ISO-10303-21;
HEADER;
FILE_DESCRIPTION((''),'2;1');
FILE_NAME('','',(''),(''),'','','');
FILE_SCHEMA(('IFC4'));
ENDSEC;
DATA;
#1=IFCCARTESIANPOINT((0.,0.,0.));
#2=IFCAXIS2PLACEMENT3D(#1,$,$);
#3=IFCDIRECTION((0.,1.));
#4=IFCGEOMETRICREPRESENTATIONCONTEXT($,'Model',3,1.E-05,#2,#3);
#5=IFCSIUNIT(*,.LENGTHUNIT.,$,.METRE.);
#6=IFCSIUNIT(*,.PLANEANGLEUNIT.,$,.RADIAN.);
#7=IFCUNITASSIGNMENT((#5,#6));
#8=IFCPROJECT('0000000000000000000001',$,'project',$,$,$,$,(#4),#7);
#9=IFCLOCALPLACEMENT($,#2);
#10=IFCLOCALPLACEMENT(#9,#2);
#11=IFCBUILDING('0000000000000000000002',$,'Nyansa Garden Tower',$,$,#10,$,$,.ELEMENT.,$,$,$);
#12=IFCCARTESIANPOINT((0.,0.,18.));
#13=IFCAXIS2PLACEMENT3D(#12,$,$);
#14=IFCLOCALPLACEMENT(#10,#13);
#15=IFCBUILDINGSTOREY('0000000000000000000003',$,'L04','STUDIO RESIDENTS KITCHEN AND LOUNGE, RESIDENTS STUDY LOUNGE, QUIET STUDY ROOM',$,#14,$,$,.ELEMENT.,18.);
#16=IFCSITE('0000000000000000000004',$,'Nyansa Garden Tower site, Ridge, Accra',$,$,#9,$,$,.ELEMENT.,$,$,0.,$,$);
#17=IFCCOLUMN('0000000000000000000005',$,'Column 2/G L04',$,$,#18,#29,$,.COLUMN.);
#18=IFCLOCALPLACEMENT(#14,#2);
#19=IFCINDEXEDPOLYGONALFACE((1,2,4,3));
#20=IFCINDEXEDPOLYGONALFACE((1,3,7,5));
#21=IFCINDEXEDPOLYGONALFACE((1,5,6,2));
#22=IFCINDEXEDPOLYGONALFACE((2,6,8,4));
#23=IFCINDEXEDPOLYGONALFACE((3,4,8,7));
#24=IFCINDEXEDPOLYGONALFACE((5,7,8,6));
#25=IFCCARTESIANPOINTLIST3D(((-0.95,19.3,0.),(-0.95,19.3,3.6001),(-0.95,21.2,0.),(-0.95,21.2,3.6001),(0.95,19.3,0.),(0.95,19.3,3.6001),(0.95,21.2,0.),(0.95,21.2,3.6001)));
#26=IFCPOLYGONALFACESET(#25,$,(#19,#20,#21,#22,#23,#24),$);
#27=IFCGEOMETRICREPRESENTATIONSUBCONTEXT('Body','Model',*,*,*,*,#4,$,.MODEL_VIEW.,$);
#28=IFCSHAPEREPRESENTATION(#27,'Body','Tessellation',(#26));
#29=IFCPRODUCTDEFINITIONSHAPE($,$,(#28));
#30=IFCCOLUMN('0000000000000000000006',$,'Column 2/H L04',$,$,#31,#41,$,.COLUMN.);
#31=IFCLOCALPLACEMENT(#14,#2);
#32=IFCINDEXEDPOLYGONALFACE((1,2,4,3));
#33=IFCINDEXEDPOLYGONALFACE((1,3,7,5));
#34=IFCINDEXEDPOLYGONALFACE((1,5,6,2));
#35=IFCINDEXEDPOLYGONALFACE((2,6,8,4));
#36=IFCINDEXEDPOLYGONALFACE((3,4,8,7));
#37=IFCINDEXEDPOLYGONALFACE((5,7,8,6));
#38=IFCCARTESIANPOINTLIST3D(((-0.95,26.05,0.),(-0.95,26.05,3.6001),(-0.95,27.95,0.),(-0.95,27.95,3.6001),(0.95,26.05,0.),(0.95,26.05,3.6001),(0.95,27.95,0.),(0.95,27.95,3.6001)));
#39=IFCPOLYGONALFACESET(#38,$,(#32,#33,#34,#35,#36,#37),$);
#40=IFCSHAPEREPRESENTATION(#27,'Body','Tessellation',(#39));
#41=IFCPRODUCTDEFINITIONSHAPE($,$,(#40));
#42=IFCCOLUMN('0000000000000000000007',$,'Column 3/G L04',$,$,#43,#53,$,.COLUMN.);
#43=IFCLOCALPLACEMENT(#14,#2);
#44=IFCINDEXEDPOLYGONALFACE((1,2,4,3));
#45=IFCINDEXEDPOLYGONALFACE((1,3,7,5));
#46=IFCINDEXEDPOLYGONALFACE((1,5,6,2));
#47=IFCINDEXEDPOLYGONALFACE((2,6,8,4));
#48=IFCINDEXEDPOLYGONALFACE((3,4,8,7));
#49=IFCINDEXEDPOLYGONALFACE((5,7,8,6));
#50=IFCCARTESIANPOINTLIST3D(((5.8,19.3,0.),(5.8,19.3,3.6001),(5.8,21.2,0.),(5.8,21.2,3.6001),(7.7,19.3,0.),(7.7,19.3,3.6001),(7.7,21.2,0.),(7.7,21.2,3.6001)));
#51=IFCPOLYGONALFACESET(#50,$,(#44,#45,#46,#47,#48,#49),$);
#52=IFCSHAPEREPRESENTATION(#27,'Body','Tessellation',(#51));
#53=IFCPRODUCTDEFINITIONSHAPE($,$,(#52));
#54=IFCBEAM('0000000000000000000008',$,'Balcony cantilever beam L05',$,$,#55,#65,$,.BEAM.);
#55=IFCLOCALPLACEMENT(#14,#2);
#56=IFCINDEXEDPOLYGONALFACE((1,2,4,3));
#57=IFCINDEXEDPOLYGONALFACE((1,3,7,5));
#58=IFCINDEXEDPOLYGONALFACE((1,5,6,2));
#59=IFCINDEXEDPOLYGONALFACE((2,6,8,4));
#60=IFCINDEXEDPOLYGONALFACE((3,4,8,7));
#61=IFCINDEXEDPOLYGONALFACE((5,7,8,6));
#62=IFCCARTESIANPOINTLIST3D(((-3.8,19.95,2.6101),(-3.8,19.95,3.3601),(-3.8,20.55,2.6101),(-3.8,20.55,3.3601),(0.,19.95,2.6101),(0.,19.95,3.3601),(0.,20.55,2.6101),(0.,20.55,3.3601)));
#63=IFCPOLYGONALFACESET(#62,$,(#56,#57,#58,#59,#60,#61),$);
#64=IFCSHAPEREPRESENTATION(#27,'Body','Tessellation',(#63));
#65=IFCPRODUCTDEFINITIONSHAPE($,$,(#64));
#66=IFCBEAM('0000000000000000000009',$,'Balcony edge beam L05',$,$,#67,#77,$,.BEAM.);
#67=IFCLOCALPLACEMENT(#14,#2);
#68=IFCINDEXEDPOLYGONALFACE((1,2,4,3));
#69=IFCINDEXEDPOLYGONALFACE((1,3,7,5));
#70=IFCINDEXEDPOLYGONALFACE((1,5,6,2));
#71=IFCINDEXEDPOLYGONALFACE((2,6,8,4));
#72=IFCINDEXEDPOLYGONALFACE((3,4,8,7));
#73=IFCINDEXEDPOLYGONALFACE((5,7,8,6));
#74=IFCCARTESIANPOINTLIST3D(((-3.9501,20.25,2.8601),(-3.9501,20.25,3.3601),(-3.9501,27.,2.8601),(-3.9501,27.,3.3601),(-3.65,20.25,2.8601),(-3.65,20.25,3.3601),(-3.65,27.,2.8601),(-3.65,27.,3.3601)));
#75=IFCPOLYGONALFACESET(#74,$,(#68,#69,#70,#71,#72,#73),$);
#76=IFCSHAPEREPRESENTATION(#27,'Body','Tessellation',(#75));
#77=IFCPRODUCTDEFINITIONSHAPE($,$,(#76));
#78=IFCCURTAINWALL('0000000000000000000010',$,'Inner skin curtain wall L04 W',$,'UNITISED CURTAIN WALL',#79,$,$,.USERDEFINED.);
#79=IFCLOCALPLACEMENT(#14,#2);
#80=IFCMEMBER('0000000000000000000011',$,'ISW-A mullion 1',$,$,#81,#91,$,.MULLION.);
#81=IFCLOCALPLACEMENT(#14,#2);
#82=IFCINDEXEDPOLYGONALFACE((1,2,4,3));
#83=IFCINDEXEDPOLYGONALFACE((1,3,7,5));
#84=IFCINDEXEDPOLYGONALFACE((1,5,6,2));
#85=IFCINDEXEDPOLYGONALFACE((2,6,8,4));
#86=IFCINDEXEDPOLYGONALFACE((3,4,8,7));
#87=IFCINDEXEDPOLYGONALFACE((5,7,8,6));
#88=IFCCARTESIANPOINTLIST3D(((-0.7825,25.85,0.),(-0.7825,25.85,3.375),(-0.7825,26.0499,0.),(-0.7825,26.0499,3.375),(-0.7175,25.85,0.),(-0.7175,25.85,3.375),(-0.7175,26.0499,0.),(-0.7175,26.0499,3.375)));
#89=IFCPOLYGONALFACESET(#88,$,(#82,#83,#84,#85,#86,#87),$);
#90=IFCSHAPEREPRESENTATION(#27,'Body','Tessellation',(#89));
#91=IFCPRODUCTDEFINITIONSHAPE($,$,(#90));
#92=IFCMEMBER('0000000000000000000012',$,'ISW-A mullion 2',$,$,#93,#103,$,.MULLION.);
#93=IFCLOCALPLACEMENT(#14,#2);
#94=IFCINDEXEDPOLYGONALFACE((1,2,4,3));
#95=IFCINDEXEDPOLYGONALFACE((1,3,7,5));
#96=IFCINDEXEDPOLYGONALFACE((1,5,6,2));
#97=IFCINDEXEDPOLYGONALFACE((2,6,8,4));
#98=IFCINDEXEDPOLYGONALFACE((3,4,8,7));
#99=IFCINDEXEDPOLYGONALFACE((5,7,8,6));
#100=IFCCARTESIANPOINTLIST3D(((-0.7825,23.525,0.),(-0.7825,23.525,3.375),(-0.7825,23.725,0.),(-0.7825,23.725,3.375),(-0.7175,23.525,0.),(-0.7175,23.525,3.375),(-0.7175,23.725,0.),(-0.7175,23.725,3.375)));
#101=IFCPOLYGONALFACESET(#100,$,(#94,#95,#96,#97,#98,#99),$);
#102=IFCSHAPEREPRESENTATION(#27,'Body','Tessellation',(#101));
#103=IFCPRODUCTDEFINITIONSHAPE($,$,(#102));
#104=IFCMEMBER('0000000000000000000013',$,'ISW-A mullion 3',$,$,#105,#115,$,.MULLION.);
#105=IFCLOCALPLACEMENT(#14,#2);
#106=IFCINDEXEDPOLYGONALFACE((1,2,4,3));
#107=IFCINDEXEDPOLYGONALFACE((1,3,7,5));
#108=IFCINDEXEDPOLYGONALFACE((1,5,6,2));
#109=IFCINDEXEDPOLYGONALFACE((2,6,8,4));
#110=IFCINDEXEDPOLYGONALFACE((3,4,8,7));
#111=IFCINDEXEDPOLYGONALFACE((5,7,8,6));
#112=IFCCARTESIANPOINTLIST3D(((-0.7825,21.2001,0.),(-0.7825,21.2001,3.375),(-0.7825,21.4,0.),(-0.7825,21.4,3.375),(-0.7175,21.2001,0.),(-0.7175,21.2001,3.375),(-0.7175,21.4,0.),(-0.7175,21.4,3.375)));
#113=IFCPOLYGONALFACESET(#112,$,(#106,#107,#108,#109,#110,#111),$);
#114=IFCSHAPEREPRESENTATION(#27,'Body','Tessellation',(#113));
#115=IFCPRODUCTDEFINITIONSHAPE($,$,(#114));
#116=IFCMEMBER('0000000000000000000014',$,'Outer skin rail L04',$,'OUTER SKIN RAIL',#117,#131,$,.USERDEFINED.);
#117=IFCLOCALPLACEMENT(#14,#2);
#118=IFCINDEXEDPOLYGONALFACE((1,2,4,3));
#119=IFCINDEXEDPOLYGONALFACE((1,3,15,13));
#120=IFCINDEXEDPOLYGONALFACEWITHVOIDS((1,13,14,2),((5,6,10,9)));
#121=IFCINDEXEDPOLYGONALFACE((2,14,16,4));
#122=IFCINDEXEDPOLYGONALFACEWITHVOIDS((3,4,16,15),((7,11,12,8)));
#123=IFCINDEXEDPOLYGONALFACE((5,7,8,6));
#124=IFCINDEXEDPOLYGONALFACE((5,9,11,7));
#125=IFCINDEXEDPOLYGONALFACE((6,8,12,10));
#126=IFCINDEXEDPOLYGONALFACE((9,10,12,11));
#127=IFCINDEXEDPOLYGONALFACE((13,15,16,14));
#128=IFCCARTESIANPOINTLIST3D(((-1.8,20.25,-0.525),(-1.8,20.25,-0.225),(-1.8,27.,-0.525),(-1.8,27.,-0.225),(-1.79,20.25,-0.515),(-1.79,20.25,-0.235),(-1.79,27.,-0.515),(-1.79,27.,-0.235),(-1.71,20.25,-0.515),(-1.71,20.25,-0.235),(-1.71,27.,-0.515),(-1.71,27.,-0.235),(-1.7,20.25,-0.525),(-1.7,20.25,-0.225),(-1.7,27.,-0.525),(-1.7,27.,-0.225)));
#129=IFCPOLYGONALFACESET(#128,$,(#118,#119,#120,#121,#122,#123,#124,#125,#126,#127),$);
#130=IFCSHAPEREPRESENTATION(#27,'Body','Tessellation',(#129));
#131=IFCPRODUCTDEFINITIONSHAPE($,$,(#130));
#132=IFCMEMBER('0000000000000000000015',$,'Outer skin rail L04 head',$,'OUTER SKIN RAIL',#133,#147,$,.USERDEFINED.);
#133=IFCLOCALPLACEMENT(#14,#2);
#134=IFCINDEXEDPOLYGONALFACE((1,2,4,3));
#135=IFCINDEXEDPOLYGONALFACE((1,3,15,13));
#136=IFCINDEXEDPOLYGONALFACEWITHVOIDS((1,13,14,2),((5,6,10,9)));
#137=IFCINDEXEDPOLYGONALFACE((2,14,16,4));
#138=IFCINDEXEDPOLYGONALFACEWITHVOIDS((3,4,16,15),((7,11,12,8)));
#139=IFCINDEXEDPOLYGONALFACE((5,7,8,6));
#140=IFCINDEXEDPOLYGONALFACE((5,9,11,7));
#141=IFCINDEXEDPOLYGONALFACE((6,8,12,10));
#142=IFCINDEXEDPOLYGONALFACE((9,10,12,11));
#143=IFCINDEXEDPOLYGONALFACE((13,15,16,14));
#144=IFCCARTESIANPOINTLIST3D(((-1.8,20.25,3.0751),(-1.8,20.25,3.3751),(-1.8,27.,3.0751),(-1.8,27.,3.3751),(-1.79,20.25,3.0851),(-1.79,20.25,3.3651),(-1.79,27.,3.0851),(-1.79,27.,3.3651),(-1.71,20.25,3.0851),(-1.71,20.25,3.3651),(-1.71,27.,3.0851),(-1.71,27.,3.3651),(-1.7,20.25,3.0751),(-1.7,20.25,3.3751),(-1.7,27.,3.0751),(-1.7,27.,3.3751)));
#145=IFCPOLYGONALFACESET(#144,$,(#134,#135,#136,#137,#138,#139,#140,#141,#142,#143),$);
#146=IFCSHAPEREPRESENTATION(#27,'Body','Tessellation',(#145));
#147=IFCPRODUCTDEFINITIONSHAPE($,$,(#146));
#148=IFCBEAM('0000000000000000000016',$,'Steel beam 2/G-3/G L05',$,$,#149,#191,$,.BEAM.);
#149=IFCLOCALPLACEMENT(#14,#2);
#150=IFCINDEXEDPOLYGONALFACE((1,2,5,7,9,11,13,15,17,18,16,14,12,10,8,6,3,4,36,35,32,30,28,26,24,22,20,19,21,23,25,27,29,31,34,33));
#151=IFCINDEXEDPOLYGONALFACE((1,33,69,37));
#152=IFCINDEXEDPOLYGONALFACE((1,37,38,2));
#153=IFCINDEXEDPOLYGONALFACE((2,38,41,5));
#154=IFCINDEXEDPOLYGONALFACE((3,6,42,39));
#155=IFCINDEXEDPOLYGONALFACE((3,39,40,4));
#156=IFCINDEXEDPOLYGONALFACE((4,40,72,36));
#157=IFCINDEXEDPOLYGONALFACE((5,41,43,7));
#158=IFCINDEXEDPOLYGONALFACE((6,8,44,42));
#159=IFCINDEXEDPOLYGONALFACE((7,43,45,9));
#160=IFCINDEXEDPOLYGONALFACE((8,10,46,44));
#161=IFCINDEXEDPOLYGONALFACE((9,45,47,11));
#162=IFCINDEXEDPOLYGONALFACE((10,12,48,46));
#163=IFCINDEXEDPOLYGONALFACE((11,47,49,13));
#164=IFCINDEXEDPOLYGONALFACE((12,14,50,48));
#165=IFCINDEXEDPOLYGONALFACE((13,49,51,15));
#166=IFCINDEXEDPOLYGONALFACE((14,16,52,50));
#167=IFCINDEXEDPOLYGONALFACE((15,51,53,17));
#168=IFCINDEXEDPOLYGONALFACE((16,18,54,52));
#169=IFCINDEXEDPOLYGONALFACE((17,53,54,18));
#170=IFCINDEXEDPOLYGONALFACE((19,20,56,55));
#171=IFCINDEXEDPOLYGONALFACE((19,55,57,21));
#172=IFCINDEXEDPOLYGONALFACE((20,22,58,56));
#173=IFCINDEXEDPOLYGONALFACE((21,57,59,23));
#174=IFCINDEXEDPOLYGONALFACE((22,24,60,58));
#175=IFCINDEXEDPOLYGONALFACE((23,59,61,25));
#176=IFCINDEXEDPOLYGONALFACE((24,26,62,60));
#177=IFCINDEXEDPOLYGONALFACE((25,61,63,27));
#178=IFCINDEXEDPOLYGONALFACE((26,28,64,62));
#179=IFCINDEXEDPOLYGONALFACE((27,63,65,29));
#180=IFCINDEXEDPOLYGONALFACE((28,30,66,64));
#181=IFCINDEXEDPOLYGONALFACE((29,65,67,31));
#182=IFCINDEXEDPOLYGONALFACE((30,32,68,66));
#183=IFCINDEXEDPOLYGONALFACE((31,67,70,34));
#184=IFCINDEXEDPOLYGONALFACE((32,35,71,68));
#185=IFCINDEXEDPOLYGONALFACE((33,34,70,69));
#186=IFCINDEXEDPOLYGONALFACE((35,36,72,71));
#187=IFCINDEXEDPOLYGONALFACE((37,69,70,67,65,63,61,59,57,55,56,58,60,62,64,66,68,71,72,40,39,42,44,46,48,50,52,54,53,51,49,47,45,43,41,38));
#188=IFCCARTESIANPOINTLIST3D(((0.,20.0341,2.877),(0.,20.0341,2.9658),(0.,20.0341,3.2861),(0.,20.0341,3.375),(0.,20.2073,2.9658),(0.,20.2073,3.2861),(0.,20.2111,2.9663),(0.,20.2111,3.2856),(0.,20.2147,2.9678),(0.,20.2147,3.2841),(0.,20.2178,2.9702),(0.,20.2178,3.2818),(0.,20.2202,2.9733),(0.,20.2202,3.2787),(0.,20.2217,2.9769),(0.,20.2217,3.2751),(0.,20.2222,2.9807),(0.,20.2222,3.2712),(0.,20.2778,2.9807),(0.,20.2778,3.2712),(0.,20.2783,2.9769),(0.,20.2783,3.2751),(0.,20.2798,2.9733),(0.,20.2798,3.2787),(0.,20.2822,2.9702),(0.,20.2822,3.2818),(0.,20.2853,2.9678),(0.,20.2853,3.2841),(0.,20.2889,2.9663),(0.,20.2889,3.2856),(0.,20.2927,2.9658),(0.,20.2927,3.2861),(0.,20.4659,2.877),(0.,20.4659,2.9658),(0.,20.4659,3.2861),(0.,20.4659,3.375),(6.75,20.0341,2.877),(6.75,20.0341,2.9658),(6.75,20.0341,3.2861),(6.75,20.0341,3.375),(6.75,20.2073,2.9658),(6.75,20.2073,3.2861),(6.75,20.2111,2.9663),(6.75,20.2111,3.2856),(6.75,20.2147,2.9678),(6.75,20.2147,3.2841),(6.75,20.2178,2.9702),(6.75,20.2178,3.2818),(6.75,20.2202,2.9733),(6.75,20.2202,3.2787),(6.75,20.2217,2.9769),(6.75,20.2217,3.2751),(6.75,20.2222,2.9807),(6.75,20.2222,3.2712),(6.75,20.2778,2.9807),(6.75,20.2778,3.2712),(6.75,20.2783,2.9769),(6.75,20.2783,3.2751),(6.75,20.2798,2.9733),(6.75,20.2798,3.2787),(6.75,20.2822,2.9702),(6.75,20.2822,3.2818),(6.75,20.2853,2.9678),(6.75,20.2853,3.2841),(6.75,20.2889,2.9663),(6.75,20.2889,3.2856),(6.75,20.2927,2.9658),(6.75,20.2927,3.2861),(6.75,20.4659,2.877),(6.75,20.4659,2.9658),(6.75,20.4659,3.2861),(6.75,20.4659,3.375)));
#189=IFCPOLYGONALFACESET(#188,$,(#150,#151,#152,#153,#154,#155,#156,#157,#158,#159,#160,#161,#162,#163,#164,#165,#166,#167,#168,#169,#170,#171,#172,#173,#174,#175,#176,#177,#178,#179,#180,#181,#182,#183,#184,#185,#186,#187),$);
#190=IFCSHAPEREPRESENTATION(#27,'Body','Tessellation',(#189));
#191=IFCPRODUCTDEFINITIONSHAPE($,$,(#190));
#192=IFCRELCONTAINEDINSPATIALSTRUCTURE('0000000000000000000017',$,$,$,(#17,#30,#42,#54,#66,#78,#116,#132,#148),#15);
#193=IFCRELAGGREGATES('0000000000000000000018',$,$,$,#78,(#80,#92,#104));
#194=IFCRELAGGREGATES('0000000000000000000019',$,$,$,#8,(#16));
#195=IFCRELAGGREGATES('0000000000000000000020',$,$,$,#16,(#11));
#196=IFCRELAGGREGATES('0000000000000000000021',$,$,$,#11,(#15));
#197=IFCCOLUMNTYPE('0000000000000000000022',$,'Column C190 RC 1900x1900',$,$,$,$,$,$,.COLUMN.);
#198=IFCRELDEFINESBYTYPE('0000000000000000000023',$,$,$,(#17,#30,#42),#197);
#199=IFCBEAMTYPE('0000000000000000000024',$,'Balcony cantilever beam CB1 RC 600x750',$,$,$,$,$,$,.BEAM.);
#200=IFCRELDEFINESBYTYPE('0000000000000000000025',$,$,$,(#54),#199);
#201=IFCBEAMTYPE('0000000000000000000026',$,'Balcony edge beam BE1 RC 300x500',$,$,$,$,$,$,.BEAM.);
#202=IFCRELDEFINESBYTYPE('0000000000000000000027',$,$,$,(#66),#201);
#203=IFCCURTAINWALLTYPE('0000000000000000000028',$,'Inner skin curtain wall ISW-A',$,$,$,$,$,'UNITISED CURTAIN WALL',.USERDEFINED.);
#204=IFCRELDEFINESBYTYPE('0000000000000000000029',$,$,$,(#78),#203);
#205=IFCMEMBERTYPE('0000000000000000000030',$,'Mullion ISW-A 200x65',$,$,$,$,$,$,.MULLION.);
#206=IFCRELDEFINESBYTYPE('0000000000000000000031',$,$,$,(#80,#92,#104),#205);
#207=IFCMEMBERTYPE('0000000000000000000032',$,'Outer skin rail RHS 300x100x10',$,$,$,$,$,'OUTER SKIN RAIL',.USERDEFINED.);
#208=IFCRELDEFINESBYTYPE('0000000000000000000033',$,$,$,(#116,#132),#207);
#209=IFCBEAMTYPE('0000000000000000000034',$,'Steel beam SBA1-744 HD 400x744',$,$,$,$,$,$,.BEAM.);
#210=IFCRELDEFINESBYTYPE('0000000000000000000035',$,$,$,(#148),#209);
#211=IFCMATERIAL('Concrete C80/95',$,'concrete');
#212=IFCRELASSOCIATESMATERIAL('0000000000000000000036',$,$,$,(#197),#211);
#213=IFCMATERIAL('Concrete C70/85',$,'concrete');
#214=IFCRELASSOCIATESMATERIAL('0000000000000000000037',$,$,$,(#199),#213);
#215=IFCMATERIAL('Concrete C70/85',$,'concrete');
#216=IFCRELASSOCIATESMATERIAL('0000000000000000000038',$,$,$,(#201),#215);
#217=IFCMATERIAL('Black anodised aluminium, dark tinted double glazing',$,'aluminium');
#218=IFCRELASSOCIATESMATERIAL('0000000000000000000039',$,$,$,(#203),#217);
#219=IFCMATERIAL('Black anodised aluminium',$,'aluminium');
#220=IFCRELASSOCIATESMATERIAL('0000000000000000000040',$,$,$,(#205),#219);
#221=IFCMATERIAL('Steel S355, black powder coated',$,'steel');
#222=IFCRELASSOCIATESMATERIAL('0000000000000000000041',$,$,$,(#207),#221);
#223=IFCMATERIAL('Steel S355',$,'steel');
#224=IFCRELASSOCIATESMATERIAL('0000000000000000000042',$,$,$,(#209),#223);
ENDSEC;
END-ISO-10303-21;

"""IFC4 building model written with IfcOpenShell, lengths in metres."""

from ifc_helpers import new_model, si_unit, direction, frame, origin, origin_2d, place, context, subcontext, project, spatial, rectangle, hollow_rectangle, i_section, extrude, material, material_profile, profile_set, type_object, element, aggregate, save


model = new_model("IFC4")

# Units and contexts
model_context = context("Model", 3, precision=1e-05, world=origin(), true_north=direction((0.0, 1.0)))
body_context = subcontext(model_context, "Body", "Model", "MODEL_VIEW")
ifc_project = project(units=[si_unit("LENGTHUNIT", "METRE"), si_unit("PLANEANGLEUNIT", "RADIAN")], contexts=[model_context])

# Site, building, storey
site_placement = place(None, origin())
site = spatial("IfcSite", under=ifc_project, at=site_placement, Name="Nyansa Garden Tower site, Ridge, Accra", CompositionType="ELEMENT", RefElevation=0.0)
building_placement = place(site_placement, origin())
building = spatial("IfcBuilding", under=site, at=building_placement, Name="Nyansa Garden Tower", CompositionType="ELEMENT")
storey_placement = place(building_placement, frame((0.0, 0.0, 18.0)))
storey = spatial("IfcBuildingStorey", under=building, at=storey_placement, Name="L04", Description="STUDIO RESIDENTS KITCHEN AND LOUNGE, RESIDENTS STUDY LOUNGE, QUIET STUDY ROOM", CompositionType="ELEMENT", Elevation=18.0)

# Columns
ifc_material_1 = material(Name="Concrete C80/95", Category="concrete")
ifc_material_profile_1 = material_profile(ifc_material_1, rectangle(XDim=1.8999, YDim=1.8999, at=origin_2d()), Name="RC 1900x1900")
ifc_profile_set_1 = profile_set([ifc_material_profile_1], Name="Concrete C80/95")
column_type = type_object("IfcColumnType", Name="Column C190 RC 1900x1900", PredefinedType="COLUMN", material=ifc_profile_set_1)
for number, where, z_axis, x_axis, name in (
    (1, (0.0, 20.25, 0.0), (0.0, 0.0, 1.0), (1.0, 0.0, 0.0), "Column 2/G L04"),
    (2, (0.0, 27.0, 0.0), (0.0, 0.0, 1.0), (1.0, 0.0, 0.0), "Column 2/H L04"),
    (3, (6.75, 20.25, 0.0), (0.0, 0.0, 1.0), (1.0, 0.0, 0.0), "Column 3/G L04"),
):
    element("IfcColumn", number, at=place(storey_placement, frame(where, z_axis=z_axis, x_axis=x_axis)), inside=storey, type_object=column_type, Name=name, PredefinedType="COLUMN", context=body_context, shape_type="SweptSolid", body=[
        extrude(rectangle(XDim=1.8999, YDim=1.8999, at=origin_2d()), origin(), (0.0, 0.0, 1.0), 3.6001),
    ])

# Beams
ifc_material_2 = material(Name="Concrete C70/85", Category="concrete")
ifc_material_profile_2 = material_profile(ifc_material_2, rectangle(XDim=0.6001, YDim=0.75, at=origin_2d()), Name="RC 600x750")
ifc_profile_set_2 = profile_set([ifc_material_profile_2], Name="Concrete C70/85")
beam_type_1 = type_object("IfcBeamType", Name="Balcony cantilever beam CB1 RC 600x750", PredefinedType="BEAM", material=ifc_profile_set_2)
beam_1_placement = place(storey_placement, frame((0.0, 20.25, 2.9851), z_axis=(-1.0, 0.0, 0.0), x_axis=(0.0, -1.0, 0.0)))
element("IfcBeam", 4, at=beam_1_placement, inside=storey, type_object=beam_type_1, Name="Balcony cantilever beam L05", PredefinedType="BEAM", context=body_context, shape_type="SweptSolid", body=[
    extrude(rectangle(XDim=0.6001, YDim=0.75, at=origin_2d()), origin(), (0.0, 0.0, 1.0), 3.8),
])
ifc_material_3 = material(Name="Concrete C70/85", Category="concrete")
ifc_material_profile_3 = material_profile(ifc_material_3, rectangle(XDim=0.3, YDim=0.5, at=origin_2d()), Name="RC 300x500")
ifc_profile_set_3 = profile_set([ifc_material_profile_3], Name="Concrete C70/85")
beam_type_2 = type_object("IfcBeamType", Name="Balcony edge beam BE1 RC 300x500", PredefinedType="BEAM", material=ifc_profile_set_3)
beam_2_placement = place(storey_placement, frame((-3.8, 20.25, 3.1101), z_axis=(0.0, 1.0, 0.0), x_axis=(-1.0, 0.0, 0.0)))
element("IfcBeam", 5, at=beam_2_placement, inside=storey, type_object=beam_type_2, Name="Balcony edge beam L05", PredefinedType="BEAM", context=body_context, shape_type="SweptSolid", body=[
    extrude(rectangle(XDim=0.3, YDim=0.5, at=origin_2d()), origin(), (0.0, 0.0, 1.0), 6.75),
])

# Curtain wall, members
ifc_material_4 = material(Name="Black anodised aluminium, dark tinted double glazing", Category="aluminium")
curtain_wall_type = type_object("IfcCurtainWallType", Name="Inner skin curtain wall ISW-A", ElementType="UNITISED CURTAIN WALL", PredefinedType="USERDEFINED", material=ifc_material_4)
curtain_wall_placement = place(storey_placement, origin())
curtain_wall = element("IfcCurtainWall", 6, at=curtain_wall_placement, inside=storey, type_object=curtain_wall_type, Name="Inner skin curtain wall L04 W", ObjectType="UNITISED CURTAIN WALL", PredefinedType="USERDEFINED")
ifc_material_5 = material(Name="Black anodised aluminium", Category="aluminium")
ifc_material_profile_4 = material_profile(ifc_material_5, rectangle(XDim=0.0649, YDim=0.2, at=origin_2d()), Name="Mullion 200x65")
ifc_profile_set_4 = profile_set([ifc_material_profile_4], Name="Black anodised aluminium")
member_type_1 = type_object("IfcMemberType", Name="Mullion ISW-A 200x65", PredefinedType="MULLION", material=ifc_profile_set_4)
member_1_placement = place(storey_placement, frame((-0.75, 25.95, 0.0), z_axis=(0.0, 0.0, 1.0), x_axis=(1.0, 0.0, 0.0)))
member_1 = element("IfcMember", 7, at=member_1_placement, type_object=member_type_1, Name="ISW-A mullion 1", PredefinedType="MULLION", context=body_context, shape_type="SweptSolid", body=[
    extrude(rectangle(XDim=0.0649, YDim=0.2, at=origin_2d()), origin(), (0.0, 0.0, 1.0), 3.375),
])
member_2_placement = place(storey_placement, frame((-0.75, 23.625, 0.0), z_axis=(0.0, 0.0, 1.0), x_axis=(1.0, 0.0, 0.0)))
member_2 = element("IfcMember", 8, at=member_2_placement, type_object=member_type_1, Name="ISW-A mullion 2", PredefinedType="MULLION", context=body_context, shape_type="SweptSolid", body=[
    extrude(rectangle(XDim=0.0649, YDim=0.2, at=origin_2d()), origin(), (0.0, 0.0, 1.0), 3.375),
])
member_3_placement = place(storey_placement, frame((-0.75, 21.3, 0.0), z_axis=(0.0, 0.0, 1.0), x_axis=(1.0, 0.0, 0.0)))
member_3 = element("IfcMember", 9, at=member_3_placement, type_object=member_type_1, Name="ISW-A mullion 3", PredefinedType="MULLION", context=body_context, shape_type="SweptSolid", body=[
    extrude(rectangle(XDim=0.0649, YDim=0.2, at=origin_2d()), origin(), (0.0, 0.0, 1.0), 3.375),
])

# Members
ifc_material_6 = material(Name="Steel S355, black powder coated", Category="steel")
ifc_material_profile_5 = material_profile(ifc_material_6, hollow_rectangle(XDim=0.1001, YDim=0.3, WallThickness=0.01, at=origin_2d()), Name="RHS 300x100x10")
ifc_profile_set_5 = profile_set([ifc_material_profile_5], Name="Steel S355, black powder coated")
member_type_2 = type_object("IfcMemberType", Name="Outer skin rail RHS 300x100x10", ElementType="OUTER SKIN RAIL", PredefinedType="USERDEFINED", material=ifc_profile_set_5)
for number, where, z_axis, x_axis, name in (
    (10, (-1.75, 20.25, -0.375), (0.0, 1.0, 0.0), (-1.0, 0.0, 0.0), "Outer skin rail L04"),
    (11, (-1.75, 20.25, 3.2251), (0.0, 1.0, 0.0), (-1.0, 0.0, 0.0), "Outer skin rail L04 head"),
):
    element("IfcMember", number, at=place(storey_placement, frame(where, z_axis=z_axis, x_axis=x_axis)), inside=storey, type_object=member_type_2, Name=name, ObjectType="OUTER SKIN RAIL", PredefinedType="USERDEFINED", context=body_context, shape_type="SweptSolid", body=[
        extrude(hollow_rectangle(XDim=0.1001, YDim=0.3, WallThickness=0.01, at=origin_2d()), origin(), (0.0, 0.0, 1.0), 6.75),
    ])

# Beam
ifc_material_7 = material(Name="Steel S355", Category="steel")
ifc_material_profile_6 = material_profile(ifc_material_7, i_section(OverallWidth=0.4319, OverallDepth=0.498, WebThickness=0.0557, FlangeThickness=0.0889, FilletRadius=0.0149, at=origin_2d()), Name="HD 400x744")
ifc_profile_set_6 = profile_set([ifc_material_profile_6], Name="Steel S355")
beam_type_3 = type_object("IfcBeamType", Name="Steel beam SBA1-744 HD 400x744", PredefinedType="BEAM", material=ifc_profile_set_6)
for number, where, z_axis, x_axis, name in (
    (12, (0.0, 20.25, 3.126), (1.0, 0.0, 0.0), (0.0, 1.0, 0.0), "Steel beam 2/G-3/G L05"),
):
    element("IfcBeam", number, at=place(storey_placement, frame(where, z_axis=z_axis, x_axis=x_axis)), inside=storey, type_object=beam_type_3, Name=name, PredefinedType="BEAM", context=body_context, shape_type="SweptSolid", body=[
        extrude(i_section(OverallWidth=0.4319, OverallDepth=0.498, WebThickness=0.0557, FlangeThickness=0.0889, FilletRadius=0.0149, at=origin_2d()), origin(), (0.0, 0.0, 1.0), 6.75),
    ])

aggregate(curtain_wall, [member_1, member_2, member_3])

save(model, "model.ifc")
